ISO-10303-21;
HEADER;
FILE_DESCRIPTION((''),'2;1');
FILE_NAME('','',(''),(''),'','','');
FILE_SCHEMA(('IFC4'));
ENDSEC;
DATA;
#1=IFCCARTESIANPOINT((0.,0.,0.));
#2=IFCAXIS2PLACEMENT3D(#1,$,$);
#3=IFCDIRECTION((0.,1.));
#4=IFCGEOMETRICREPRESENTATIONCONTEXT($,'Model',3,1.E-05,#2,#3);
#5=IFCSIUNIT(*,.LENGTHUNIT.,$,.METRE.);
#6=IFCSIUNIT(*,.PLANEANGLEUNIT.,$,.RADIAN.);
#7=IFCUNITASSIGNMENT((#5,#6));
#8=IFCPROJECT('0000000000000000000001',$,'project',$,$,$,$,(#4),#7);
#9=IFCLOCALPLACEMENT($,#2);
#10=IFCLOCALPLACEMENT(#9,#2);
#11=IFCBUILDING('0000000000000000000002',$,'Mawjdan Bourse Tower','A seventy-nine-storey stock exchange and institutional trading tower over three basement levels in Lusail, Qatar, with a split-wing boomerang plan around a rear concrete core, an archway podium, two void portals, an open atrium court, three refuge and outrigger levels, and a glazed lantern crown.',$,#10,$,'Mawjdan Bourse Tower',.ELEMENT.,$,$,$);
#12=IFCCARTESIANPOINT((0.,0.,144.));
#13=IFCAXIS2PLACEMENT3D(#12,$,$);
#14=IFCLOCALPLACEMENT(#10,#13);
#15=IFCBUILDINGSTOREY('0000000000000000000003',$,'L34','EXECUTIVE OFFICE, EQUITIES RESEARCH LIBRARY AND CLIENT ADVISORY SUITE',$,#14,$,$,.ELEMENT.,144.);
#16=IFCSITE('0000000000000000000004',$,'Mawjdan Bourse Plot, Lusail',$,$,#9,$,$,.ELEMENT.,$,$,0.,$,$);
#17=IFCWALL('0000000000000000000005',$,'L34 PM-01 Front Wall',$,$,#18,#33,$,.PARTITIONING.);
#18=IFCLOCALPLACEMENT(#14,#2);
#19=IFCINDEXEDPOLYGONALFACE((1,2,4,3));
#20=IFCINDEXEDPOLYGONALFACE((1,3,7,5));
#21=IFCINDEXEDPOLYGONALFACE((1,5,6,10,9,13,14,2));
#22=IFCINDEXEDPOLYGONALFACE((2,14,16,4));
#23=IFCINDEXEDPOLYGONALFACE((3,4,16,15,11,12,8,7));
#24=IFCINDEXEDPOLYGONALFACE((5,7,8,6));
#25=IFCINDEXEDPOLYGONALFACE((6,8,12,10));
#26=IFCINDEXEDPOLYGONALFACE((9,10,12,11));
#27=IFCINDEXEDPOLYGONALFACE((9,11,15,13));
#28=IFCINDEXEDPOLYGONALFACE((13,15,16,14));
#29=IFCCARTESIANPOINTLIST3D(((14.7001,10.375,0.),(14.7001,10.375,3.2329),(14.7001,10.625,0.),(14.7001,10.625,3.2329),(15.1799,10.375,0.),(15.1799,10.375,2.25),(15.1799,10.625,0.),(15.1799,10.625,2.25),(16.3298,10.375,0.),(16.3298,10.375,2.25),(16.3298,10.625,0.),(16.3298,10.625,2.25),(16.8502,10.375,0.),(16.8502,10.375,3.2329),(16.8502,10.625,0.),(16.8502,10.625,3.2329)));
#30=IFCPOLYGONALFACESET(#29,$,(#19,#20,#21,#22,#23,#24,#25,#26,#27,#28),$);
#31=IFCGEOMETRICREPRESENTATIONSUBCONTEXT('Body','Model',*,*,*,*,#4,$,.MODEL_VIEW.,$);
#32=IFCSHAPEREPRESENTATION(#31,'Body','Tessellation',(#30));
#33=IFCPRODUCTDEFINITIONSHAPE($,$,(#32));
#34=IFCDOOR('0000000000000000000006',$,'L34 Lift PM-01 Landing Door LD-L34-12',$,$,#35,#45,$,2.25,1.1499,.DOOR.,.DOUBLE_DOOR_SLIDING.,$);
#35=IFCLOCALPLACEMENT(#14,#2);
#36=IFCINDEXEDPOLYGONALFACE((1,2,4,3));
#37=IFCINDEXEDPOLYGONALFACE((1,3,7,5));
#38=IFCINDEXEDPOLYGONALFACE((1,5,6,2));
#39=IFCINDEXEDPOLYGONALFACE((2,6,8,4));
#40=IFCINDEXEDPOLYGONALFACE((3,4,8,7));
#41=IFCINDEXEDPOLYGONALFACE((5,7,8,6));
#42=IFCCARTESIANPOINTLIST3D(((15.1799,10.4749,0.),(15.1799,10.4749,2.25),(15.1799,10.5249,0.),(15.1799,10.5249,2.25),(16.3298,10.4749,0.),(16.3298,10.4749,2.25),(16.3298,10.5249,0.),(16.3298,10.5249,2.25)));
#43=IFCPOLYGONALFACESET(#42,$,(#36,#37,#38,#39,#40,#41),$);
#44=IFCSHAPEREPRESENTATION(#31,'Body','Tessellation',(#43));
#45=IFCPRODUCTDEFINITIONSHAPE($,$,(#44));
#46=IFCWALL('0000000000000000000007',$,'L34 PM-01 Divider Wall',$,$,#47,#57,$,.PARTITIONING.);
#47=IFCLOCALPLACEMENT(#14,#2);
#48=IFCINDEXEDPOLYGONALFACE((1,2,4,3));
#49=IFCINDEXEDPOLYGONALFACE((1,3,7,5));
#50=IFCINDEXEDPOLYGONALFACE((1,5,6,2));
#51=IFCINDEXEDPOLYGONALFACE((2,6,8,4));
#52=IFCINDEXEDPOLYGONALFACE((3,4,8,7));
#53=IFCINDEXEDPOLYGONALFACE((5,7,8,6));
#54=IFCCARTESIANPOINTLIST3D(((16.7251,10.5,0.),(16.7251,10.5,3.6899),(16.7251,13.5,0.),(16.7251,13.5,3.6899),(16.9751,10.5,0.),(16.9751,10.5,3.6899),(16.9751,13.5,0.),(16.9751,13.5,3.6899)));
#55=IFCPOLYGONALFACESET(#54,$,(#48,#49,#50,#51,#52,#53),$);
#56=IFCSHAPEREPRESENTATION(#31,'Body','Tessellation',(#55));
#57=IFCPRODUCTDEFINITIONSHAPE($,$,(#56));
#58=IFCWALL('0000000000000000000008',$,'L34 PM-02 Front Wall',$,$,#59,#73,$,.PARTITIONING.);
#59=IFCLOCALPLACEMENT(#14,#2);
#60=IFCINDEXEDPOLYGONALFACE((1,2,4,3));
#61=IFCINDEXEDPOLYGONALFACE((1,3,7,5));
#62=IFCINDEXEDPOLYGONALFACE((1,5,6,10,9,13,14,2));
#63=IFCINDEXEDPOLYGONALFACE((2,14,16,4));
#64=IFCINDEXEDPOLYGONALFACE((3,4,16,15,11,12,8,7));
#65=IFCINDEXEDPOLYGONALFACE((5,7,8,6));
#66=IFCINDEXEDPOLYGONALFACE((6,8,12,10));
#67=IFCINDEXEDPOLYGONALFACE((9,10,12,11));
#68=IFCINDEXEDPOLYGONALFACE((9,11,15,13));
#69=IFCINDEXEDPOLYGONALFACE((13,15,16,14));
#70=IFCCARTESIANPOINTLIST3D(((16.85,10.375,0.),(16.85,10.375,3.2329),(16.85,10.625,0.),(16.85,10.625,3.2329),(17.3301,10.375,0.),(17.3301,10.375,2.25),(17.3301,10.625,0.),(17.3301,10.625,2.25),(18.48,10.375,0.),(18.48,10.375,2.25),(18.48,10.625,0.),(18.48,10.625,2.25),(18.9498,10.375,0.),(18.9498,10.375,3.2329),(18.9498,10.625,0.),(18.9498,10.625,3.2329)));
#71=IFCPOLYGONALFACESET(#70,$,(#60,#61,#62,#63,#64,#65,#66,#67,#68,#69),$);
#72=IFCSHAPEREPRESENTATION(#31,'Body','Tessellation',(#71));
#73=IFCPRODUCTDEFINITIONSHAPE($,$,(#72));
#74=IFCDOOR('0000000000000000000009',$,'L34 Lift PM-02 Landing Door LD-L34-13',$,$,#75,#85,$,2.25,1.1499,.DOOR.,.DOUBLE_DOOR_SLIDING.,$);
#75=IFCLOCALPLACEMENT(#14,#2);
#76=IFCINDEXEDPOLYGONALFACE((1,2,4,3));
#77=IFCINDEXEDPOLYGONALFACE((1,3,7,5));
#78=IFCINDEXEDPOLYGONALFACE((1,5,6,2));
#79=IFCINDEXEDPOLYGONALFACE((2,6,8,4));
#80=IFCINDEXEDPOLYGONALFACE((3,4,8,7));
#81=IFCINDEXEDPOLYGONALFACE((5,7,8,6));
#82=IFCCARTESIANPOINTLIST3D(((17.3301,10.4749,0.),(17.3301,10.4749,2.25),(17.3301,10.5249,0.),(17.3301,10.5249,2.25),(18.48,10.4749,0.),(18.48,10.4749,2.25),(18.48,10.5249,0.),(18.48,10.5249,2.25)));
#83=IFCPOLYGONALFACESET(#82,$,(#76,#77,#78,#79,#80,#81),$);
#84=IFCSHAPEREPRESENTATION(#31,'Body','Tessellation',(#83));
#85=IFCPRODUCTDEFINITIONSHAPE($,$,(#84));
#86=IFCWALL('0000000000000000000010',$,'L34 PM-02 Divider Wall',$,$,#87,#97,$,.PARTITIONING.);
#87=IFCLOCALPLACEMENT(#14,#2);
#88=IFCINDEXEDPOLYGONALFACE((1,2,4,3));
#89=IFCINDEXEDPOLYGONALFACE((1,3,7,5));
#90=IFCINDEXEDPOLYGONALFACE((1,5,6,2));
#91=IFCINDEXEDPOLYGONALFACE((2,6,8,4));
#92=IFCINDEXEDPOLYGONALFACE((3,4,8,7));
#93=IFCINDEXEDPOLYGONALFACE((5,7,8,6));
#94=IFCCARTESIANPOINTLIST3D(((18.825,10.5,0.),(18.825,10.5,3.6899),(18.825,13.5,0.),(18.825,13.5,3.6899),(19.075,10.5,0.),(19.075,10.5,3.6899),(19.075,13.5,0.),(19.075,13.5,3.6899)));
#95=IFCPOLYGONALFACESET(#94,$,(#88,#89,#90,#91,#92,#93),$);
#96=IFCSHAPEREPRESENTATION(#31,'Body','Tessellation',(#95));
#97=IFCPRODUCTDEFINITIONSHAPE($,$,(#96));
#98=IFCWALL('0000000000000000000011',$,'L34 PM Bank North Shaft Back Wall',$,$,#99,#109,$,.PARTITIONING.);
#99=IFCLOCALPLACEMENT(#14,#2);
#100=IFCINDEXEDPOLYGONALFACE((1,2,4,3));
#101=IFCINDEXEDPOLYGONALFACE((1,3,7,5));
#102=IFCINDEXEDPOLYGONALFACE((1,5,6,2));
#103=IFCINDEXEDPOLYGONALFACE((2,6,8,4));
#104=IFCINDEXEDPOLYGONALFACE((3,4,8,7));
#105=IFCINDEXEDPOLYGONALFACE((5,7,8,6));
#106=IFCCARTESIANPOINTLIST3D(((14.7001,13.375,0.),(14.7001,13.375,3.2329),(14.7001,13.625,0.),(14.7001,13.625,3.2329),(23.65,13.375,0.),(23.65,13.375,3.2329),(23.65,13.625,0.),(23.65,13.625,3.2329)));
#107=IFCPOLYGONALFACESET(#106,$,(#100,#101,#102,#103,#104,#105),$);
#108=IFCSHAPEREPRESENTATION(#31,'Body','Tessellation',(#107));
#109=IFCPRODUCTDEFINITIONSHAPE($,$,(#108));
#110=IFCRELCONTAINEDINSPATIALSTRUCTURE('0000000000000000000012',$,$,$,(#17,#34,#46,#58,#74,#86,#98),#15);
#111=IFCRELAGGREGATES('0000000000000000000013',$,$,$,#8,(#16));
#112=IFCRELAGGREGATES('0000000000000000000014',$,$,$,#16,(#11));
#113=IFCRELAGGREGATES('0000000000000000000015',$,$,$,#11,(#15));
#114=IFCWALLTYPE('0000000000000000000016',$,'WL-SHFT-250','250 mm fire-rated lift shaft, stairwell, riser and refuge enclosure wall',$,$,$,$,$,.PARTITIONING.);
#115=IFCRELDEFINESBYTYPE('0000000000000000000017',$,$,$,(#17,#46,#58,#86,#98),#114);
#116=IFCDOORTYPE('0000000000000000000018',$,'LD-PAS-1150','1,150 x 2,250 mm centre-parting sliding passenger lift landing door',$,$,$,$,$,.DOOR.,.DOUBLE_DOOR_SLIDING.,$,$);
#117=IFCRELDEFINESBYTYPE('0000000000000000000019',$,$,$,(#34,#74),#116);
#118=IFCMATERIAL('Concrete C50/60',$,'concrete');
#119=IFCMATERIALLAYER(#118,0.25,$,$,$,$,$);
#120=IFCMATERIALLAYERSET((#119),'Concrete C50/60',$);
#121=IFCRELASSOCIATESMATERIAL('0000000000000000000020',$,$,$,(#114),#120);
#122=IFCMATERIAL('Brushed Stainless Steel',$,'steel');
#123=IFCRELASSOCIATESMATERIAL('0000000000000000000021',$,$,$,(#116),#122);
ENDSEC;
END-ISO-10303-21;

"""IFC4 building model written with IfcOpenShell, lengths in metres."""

from ifc_helpers import new_model, si_unit, direction, frame, frame_2d, origin, place, context, subcontext, project, spatial, rectangle, extrude, material, layer, layer_set, type_object, element, fill, save


model = new_model("IFC4")

# Units and contexts
model_context = context("Model", 3, precision=1e-05, world=origin(), true_north=direction((0.0, 1.0)))
body_context = subcontext(model_context, "Body", "Model", "MODEL_VIEW")
ifc_project = project(units=[si_unit("LENGTHUNIT", "METRE"), si_unit("PLANEANGLEUNIT", "RADIAN")], contexts=[model_context])

# Site, building, storey
site_placement = place(None, origin())
site = spatial("IfcSite", under=ifc_project, at=site_placement, Name="Mawjdan Bourse Plot, Lusail", CompositionType="ELEMENT", RefElevation=0.0)
building_placement = place(site_placement, origin())
building = spatial("IfcBuilding", under=site, at=building_placement, Name="Mawjdan Bourse Tower", Description="A seventy-nine-storey stock exchange and institutional trading tower over three basement levels in Lusail, Qatar, with a split-wing boomerang plan around a rear concrete core, an archway podium, two void portals, an open atrium court, three refuge and outrigger levels, and a glazed lantern crown.", LongName="Mawjdan Bourse Tower", CompositionType="ELEMENT")
storey_placement = place(building_placement, frame((0.0, 0.0, 144.0)))
storey = spatial("IfcBuildingStorey", under=building, at=storey_placement, Name="L34", Description="EXECUTIVE OFFICE, EQUITIES RESEARCH LIBRARY AND CLIENT ADVISORY SUITE", CompositionType="ELEMENT", Elevation=144.0)

# Shared definitions
ifc_material_1 = material(Name="Concrete C50/60", Category="concrete")
ifc_layer_1 = layer(ifc_material_1, 0.25)
ifc_layer_set_1 = layer_set([ifc_layer_1], Name="Concrete C50/60")
wall_type_1 = type_object("IfcWallType", Name="WL-SHFT-250", Description="250 mm fire-rated lift shaft, stairwell, riser and refuge enclosure wall", PredefinedType="PARTITIONING", material=ifc_layer_set_1)

# Wall, opening, door
wall_1_placement = place(storey_placement, frame((14.7, 10.5, 0.0), z_axis=(0.0, 0.0, 1.0), x_axis=(1.0, 0.0, 0.0)))
wall_1 = element("IfcWall", 1, at=wall_1_placement, inside=storey, type_object=wall_type_1, Name="L34 PM-01 Front Wall", PredefinedType="PARTITIONING", context=body_context, shape_type="SweptSolid", body=[
    extrude(rectangle(XDim=2.1501, YDim=0.25, at=frame_2d((1.0752, 0.0))), origin(), (0.0, 0.0, 1.0), 3.2329),
])
opening_1_placement = place(wall_1_placement, frame((0.48, 0.0, 0.0)))
opening_1 = element("IfcOpeningElement", 2, at=opening_1_placement, cuts=wall_1, PredefinedType="OPENING", context=body_context, shape_type="SweptSolid", body=[
    extrude(rectangle(XDim=1.1499, YDim=2.25, at=frame_2d((0.575, 1.125))), frame((0.0, 0.135, 0.0), z_axis=(0.0, -1.0, 0.0), x_axis=(1.0, 0.0, 0.0)), (0.0, 0.0, 1.0), 0.27),
])
ifc_material_2 = material(Name="Brushed Stainless Steel", Category="steel")
door_type_1 = type_object("IfcDoorType", Name="LD-PAS-1150", Description="1,150 x 2,250 mm centre-parting sliding passenger lift landing door", OperationType="DOUBLE_DOOR_SLIDING", PredefinedType="DOOR", material=ifc_material_2)
door_1_placement = place(opening_1_placement, origin())
door_1 = element("IfcDoor", 3, at=door_1_placement, inside=storey, type_object=door_type_1, Name="L34 Lift PM-01 Landing Door LD-L34-12", OperationType="DOUBLE_DOOR_SLIDING", OverallHeight=2.25, OverallWidth=1.1499, PredefinedType="DOOR", context=body_context, shape_type="SweptSolid", body=[
    extrude(rectangle(XDim=1.1499, YDim=2.25, at=frame_2d((0.575, 1.125))), frame((0.0, 0.0249, 0.0), z_axis=(0.0, -1.0, 0.0), x_axis=(1.0, 0.0, 0.0)), (0.0, 0.0, 1.0), 0.05),
])
fill(opening_1, door_1)

# Wall
wall_2_placement = place(storey_placement, frame((16.8501, 10.5, 0.0), z_axis=(0.0, 0.0, 1.0), x_axis=(0.0, 1.0, 0.0)))
element("IfcWall", 4, at=wall_2_placement, inside=storey, type_object=wall_type_1, Name="L34 PM-01 Divider Wall", PredefinedType="PARTITIONING", context=body_context, shape_type="SweptSolid", body=[
    extrude(rectangle(XDim=3.0, YDim=0.25, at=frame_2d((1.5, 0.0))), origin(), (0.0, 0.0, 1.0), 3.6899),
])

# Wall, opening, door
wall_3_placement = place(storey_placement, frame((16.8501, 10.5, 0.0), z_axis=(0.0, 0.0, 1.0), x_axis=(1.0, 0.0, 0.0)))
wall_3 = element("IfcWall", 5, at=wall_3_placement, inside=storey, type_object=wall_type_1, Name="L34 PM-02 Front Wall", PredefinedType="PARTITIONING", context=body_context, shape_type="SweptSolid", body=[
    extrude(rectangle(XDim=2.0999, YDim=0.25, at=frame_2d((1.0498, 0.0))), origin(), (0.0, 0.0, 1.0), 3.2329),
])
opening_2_placement = place(wall_3_placement, frame((0.48, 0.0, 0.0)))
opening_2 = element("IfcOpeningElement", 6, at=opening_2_placement, cuts=wall_3, PredefinedType="OPENING", context=body_context, shape_type="SweptSolid", body=[
    extrude(rectangle(XDim=1.1499, YDim=2.25, at=frame_2d((0.575, 1.125))), frame((0.0, 0.135, 0.0), z_axis=(0.0, -1.0, 0.0), x_axis=(1.0, 0.0, 0.0)), (0.0, 0.0, 1.0), 0.27),
])
door_2_placement = place(opening_2_placement, origin())
door_2 = element("IfcDoor", 7, at=door_2_placement, inside=storey, type_object=door_type_1, Name="L34 Lift PM-02 Landing Door LD-L34-13", OperationType="DOUBLE_DOOR_SLIDING", OverallHeight=2.25, OverallWidth=1.1499, PredefinedType="DOOR", context=body_context, shape_type="SweptSolid", body=[
    extrude(rectangle(XDim=1.1499, YDim=2.25, at=frame_2d((0.575, 1.125))), frame((0.0, 0.0249, 0.0), z_axis=(0.0, -1.0, 0.0), x_axis=(1.0, 0.0, 0.0)), (0.0, 0.0, 1.0), 0.05),
])
fill(opening_2, door_2)

# Walls
wall_4_placement = place(storey_placement, frame((18.95, 10.5, 0.0), z_axis=(0.0, 0.0, 1.0), x_axis=(0.0, 1.0, 0.0)))
element("IfcWall", 8, at=wall_4_placement, inside=storey, type_object=wall_type_1, Name="L34 PM-02 Divider Wall", PredefinedType="PARTITIONING", context=body_context, shape_type="SweptSolid", body=[
    extrude(rectangle(XDim=3.0, YDim=0.25, at=frame_2d((1.5, 0.0))), origin(), (0.0, 0.0, 1.0), 3.6899),
])
wall_5_placement = place(storey_placement, frame((14.7, 13.5, 0.0), z_axis=(0.0, 0.0, 1.0), x_axis=(1.0, 0.0, 0.0)))
element("IfcWall", 9, at=wall_5_placement, inside=storey, type_object=wall_type_1, Name="L34 PM Bank North Shaft Back Wall", PredefinedType="PARTITIONING", context=body_context, shape_type="SweptSolid", body=[
    extrude(rectangle(XDim=8.95, YDim=0.25, at=frame_2d((4.4751, 0.0))), origin(), (0.0, 0.0, 1.0), 3.2329),
])

save(model, "model.ifc")
